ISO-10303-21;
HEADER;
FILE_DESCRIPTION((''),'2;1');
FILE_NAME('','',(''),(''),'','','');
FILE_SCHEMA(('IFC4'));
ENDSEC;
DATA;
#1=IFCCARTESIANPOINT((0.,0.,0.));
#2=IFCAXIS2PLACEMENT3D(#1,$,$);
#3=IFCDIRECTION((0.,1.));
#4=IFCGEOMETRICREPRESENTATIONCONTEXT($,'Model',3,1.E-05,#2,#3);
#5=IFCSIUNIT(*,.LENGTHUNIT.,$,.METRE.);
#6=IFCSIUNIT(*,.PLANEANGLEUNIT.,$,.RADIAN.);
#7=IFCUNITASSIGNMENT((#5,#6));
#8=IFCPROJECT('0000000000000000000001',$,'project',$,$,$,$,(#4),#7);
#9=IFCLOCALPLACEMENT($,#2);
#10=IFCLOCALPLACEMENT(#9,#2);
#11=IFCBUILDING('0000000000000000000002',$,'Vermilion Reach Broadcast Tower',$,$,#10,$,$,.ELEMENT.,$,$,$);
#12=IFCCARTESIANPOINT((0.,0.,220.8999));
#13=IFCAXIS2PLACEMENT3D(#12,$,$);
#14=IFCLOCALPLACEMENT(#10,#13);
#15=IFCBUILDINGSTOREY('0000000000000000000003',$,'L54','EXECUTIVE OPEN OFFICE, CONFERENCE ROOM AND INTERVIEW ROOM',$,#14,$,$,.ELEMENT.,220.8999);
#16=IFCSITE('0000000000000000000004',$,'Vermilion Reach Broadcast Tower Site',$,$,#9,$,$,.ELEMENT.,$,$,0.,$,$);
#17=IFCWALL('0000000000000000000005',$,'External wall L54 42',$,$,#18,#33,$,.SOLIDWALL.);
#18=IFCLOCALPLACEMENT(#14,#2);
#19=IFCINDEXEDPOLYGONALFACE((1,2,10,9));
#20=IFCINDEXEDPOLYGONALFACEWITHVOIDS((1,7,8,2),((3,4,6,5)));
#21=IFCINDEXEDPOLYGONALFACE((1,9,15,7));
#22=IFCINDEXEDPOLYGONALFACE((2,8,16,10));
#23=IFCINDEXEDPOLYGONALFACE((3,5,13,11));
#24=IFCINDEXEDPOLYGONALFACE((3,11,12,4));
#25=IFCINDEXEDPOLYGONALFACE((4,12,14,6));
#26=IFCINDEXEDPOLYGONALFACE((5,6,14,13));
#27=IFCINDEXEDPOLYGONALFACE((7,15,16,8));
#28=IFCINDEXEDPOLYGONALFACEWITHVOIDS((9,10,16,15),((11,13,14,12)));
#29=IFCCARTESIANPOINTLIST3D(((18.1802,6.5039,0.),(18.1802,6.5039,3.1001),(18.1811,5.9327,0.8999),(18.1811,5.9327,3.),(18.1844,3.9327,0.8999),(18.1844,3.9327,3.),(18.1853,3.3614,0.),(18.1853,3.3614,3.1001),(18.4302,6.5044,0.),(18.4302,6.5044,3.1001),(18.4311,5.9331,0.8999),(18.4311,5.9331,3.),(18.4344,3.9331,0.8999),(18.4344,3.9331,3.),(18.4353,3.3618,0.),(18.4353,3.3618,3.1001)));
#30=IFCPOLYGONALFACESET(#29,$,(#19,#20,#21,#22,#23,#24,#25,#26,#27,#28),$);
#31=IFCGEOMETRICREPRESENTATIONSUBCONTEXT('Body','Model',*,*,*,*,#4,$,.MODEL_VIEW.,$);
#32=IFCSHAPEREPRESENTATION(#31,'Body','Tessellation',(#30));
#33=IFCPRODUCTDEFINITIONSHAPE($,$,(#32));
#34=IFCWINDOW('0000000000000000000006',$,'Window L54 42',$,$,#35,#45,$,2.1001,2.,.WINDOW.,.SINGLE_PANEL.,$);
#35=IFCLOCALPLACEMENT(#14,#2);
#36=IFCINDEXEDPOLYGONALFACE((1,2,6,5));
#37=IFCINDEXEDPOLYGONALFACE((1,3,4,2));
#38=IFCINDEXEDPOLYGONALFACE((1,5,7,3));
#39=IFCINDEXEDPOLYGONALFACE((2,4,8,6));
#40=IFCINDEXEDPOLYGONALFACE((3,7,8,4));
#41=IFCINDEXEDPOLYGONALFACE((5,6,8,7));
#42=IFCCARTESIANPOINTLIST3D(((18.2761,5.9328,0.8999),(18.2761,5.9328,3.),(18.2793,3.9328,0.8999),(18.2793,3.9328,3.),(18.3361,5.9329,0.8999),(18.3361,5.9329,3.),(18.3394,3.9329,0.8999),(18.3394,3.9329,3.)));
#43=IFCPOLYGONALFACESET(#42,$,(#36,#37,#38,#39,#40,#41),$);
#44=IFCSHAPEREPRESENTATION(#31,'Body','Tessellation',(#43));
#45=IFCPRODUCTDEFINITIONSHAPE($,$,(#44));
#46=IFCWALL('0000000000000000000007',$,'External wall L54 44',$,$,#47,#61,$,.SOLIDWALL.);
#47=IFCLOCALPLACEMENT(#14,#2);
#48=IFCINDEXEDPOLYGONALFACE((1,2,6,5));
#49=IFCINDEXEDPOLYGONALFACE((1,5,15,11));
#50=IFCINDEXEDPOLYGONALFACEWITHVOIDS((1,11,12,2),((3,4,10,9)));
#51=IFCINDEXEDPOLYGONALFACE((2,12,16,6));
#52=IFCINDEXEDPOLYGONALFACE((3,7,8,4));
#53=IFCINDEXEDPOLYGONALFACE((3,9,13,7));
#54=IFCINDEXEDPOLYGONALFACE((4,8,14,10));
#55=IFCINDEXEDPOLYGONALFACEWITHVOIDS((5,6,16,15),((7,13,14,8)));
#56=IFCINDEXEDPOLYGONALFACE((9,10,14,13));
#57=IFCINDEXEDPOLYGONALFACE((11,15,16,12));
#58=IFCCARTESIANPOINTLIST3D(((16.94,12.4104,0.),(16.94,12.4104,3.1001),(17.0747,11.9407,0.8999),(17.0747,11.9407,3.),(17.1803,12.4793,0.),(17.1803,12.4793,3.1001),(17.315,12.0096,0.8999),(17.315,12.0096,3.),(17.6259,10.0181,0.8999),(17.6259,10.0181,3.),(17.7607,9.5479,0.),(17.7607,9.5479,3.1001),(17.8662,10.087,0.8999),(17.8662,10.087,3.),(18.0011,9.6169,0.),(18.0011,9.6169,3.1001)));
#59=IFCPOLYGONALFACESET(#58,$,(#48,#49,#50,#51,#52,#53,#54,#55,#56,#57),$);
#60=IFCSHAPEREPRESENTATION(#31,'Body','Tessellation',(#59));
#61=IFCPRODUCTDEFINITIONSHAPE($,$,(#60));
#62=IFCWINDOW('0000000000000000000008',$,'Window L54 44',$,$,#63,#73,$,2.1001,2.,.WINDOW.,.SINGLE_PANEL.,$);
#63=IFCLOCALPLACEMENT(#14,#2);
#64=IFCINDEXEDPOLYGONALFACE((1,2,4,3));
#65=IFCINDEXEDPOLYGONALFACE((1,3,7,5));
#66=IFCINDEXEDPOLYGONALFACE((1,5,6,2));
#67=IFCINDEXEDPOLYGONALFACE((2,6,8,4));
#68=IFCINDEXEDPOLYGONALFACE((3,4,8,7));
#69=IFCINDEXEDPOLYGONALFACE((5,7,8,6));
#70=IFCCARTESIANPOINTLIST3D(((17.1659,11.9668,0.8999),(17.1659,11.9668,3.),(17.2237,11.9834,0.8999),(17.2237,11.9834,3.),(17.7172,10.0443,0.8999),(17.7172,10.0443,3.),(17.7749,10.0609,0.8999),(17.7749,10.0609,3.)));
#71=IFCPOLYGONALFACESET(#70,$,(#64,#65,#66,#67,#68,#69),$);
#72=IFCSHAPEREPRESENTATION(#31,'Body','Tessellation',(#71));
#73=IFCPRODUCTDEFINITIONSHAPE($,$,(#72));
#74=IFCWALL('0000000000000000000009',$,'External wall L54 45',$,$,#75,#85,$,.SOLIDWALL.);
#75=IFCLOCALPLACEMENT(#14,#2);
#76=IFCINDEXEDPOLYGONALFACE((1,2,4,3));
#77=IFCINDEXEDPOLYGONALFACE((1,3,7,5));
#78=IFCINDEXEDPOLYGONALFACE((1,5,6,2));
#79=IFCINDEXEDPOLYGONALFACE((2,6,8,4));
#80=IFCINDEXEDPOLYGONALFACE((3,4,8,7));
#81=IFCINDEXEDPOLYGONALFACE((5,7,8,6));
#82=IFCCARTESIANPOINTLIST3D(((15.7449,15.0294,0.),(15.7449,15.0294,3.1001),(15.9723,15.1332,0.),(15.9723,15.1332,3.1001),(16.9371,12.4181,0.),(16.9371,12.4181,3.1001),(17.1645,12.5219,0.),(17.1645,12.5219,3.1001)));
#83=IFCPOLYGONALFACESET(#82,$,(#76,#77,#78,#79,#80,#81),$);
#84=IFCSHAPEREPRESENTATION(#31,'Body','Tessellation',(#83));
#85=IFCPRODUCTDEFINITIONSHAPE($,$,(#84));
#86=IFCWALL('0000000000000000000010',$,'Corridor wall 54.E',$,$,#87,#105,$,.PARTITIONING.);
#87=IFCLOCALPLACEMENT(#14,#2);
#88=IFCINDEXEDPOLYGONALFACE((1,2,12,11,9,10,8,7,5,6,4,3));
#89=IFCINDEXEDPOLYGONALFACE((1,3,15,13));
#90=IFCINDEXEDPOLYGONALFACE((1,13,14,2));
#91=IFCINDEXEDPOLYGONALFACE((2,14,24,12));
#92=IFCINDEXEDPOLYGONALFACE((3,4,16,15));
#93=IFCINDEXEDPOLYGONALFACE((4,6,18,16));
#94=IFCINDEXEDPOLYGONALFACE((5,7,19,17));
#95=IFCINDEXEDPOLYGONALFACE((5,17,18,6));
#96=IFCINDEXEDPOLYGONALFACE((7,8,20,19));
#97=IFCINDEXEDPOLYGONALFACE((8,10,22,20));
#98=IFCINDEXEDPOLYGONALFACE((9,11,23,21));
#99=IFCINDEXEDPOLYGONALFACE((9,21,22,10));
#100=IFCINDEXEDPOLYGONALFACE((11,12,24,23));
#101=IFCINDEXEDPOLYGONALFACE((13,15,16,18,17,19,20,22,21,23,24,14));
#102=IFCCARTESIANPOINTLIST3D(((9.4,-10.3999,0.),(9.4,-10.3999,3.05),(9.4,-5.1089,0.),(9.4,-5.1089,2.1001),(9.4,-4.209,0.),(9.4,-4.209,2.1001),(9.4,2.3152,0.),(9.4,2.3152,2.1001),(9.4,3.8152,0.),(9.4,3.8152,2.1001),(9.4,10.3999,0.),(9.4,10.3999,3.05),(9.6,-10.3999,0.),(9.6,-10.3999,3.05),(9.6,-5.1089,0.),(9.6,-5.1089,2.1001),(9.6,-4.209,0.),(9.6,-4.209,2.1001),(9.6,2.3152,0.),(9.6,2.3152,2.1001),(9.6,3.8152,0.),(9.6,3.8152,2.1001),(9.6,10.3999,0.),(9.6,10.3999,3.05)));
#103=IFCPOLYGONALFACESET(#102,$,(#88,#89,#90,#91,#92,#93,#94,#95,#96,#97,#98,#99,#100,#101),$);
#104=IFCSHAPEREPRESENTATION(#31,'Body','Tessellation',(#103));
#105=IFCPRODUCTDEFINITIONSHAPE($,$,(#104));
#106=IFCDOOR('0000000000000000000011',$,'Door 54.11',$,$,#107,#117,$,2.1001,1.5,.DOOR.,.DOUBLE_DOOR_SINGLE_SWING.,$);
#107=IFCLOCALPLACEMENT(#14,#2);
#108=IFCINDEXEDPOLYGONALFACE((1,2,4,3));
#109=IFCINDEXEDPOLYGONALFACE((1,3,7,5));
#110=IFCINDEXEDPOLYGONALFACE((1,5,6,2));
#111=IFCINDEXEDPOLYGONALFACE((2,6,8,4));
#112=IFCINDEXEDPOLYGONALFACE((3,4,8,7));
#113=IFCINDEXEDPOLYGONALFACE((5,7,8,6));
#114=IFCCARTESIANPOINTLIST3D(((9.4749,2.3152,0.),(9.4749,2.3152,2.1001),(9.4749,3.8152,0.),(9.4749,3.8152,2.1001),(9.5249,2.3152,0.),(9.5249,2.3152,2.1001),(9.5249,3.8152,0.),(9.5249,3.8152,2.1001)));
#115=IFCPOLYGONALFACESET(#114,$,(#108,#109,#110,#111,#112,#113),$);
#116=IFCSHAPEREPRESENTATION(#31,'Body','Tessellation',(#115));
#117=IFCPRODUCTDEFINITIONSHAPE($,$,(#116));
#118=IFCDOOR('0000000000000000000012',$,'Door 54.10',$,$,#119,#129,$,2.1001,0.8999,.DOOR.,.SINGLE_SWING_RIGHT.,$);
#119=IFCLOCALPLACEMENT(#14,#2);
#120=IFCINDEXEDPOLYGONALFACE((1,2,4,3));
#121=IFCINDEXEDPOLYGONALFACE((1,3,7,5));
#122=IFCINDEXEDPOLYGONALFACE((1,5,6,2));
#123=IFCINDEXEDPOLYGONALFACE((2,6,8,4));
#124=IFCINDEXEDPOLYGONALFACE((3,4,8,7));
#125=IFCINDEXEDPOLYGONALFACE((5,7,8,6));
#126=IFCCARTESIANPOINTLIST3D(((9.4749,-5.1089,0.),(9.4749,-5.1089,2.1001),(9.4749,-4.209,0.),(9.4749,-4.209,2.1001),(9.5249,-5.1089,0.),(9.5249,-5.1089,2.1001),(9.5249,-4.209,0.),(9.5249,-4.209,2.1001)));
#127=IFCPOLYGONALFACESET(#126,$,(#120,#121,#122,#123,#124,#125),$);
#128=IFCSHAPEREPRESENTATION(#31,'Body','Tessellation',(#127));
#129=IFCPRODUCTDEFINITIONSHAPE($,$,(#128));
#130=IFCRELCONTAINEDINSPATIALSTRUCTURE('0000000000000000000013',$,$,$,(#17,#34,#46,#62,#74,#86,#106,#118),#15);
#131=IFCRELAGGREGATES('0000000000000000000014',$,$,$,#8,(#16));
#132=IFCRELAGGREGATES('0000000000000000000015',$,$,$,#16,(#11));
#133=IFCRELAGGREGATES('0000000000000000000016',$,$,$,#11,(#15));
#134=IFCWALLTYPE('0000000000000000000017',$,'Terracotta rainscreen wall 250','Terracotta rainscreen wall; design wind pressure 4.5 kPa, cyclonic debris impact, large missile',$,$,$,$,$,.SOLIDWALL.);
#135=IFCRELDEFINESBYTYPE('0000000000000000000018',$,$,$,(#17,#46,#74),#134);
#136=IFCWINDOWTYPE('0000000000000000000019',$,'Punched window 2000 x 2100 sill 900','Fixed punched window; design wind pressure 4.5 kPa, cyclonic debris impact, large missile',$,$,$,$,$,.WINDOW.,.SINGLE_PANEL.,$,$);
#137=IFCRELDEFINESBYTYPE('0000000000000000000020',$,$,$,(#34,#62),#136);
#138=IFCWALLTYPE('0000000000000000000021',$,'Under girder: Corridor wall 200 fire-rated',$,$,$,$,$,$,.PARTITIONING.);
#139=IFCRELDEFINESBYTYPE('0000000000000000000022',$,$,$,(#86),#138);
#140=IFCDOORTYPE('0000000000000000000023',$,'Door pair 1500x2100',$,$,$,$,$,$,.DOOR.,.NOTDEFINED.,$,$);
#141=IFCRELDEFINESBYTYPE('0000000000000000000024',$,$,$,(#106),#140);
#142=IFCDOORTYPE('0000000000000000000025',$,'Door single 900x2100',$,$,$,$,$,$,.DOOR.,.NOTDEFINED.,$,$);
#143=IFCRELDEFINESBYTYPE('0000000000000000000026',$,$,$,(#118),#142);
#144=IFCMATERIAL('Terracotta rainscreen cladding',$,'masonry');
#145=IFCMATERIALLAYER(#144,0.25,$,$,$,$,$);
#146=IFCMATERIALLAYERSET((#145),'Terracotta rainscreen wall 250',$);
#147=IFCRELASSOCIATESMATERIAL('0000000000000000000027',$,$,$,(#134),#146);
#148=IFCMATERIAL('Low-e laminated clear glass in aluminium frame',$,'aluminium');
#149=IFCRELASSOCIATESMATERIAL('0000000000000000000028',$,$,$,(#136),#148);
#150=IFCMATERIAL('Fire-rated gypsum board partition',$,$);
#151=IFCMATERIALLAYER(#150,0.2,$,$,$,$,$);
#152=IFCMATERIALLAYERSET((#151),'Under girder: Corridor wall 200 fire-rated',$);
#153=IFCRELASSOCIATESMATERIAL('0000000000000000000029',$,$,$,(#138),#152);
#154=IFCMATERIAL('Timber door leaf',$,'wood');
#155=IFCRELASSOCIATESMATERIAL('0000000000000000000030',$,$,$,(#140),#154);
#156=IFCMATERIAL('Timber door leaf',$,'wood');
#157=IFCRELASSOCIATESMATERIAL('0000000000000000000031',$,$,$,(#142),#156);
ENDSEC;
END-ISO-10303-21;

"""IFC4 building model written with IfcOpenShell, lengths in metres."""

from ifc_helpers import new_model, si_unit, direction, frame, frame_2d, origin, place, context, subcontext, project, spatial, rectangle, extrude, material, layer, layer_set, type_object, element, fill, save


model = new_model("IFC4")

# Units and contexts
model_context = context("Model", 3, precision=1e-05, world=origin(), true_north=direction((0.0, 1.0)))
body_context = subcontext(model_context, "Body", "Model", "MODEL_VIEW")
ifc_project = project(units=[si_unit("LENGTHUNIT", "METRE"), si_unit("PLANEANGLEUNIT", "RADIAN")], contexts=[model_context])

# Site, building, storey
site_placement = place(None, origin())
site = spatial("IfcSite", under=ifc_project, at=site_placement, Name="Vermilion Reach Broadcast Tower Site", CompositionType="ELEMENT", RefElevation=0.0)
building_placement = place(site_placement, origin())
building = spatial("IfcBuilding", under=site, at=building_placement, Name="Vermilion Reach Broadcast Tower", CompositionType="ELEMENT")
storey_placement = place(building_placement, frame((0.0, 0.0, 220.8999)))
storey = spatial("IfcBuildingStorey", under=building, at=storey_placement, Name="L54", Description="EXECUTIVE OPEN OFFICE, CONFERENCE ROOM AND INTERVIEW ROOM", CompositionType="ELEMENT", Elevation=220.8999)

# Wall, opening, window
ifc_material_1 = material(Name="Terracotta rainscreen cladding", Category="masonry")
ifc_layer_1 = layer(ifc_material_1, 0.25)
ifc_layer_set_1 = layer_set([ifc_layer_1], Name="Terracotta rainscreen wall 250")
wall_type_1 = type_object("IfcWallType", Name="Terracotta rainscreen wall 250", Description="Terracotta rainscreen wall; design wind pressure 4.5 kPa, cyclonic debris impact, large missile", PredefinedType="SOLIDWALL", material=ifc_layer_set_1)
ifc_material_2 = material(Name="Low-e laminated clear glass in aluminium frame", Category="aluminium")
window_type = type_object("IfcWindowType", Name="Punched window 2000 x 2100 sill 900", Description="Fixed punched window; design wind pressure 4.5 kPa, cyclonic debris impact, large missile", PartitioningType="SINGLE_PANEL", PredefinedType="WINDOW", material=ifc_material_2)
wall_1_placement = place(storey_placement, frame((18.3103, 3.3616, 0.0), z_axis=(0.0, 0.0, 1.0), x_axis=(-0.001631, 0.999999, 0.0)))
wall_1 = element("IfcWall", 1, at=wall_1_placement, inside=storey, type_object=wall_type_1, Name="External wall L54 42", PredefinedType="SOLIDWALL", context=body_context, shape_type="SweptSolid", body=[
    extrude(rectangle(XDim=3.1426, YDim=0.25, at=frame_2d((1.5713, 0.0))), origin(), (0.0, 0.0, 1.0), 3.1001),
])
opening_1_placement = place(wall_1_placement, frame((0.5713, 0.0, 0.8999)))
opening_1 = element("IfcOpeningElement", 2, at=opening_1_placement, cuts=wall_1, PredefinedType="OPENING", context=body_context, shape_type="SweptSolid", body=[
    extrude(rectangle(XDim=2.0, YDim=2.1001, at=frame_2d((1.0, 1.05))), frame((0.0, 0.135, 0.0), z_axis=(0.0, -1.0, 0.0), x_axis=(1.0, 0.0, 0.0)), (0.0, 0.0, 1.0), 0.27),
])
window_1_placement = place(opening_1_placement, origin())
window_1 = element("IfcWindow", 3, at=window_1_placement, inside=storey, type_object=window_type, Name="Window L54 42", OverallHeight=2.1001, OverallWidth=2.0, PartitioningType="SINGLE_PANEL", PredefinedType="WINDOW", context=body_context, shape_type="SweptSolid", body=[
    extrude(rectangle(XDim=2.0, YDim=2.1001, at=frame_2d((1.0, 1.05))), frame((0.0, 0.03, 0.0), z_axis=(0.0, -1.0, 0.0), x_axis=(1.0, 0.0, 0.0)), (0.0, 0.0, 1.0), 0.0601),
])
fill(opening_1, window_1)

# Wall, opening, window
wall_2_placement = place(storey_placement, frame((17.8809, 9.5825, 0.0), z_axis=(0.0, 0.0, 1.0), x_axis=(-0.275631, 0.961264, 0.0)))
wall_2 = element("IfcWall", 4, at=wall_2_placement, inside=storey, type_object=wall_type_1, Name="External wall L54 44", PredefinedType="SOLIDWALL", context=body_context, shape_type="SweptSolid", body=[
    extrude(rectangle(XDim=2.9778, YDim=0.25, at=frame_2d((1.4888, 0.0))), origin(), (0.0, 0.0, 1.0), 3.1001),
])
opening_2_placement = place(wall_2_placement, frame((0.489, 0.0, 0.8999)))
opening_2 = element("IfcOpeningElement", 5, at=opening_2_placement, cuts=wall_2, PredefinedType="OPENING", context=body_context, shape_type="SweptSolid", body=[
    extrude(rectangle(XDim=2.0, YDim=2.1001, at=frame_2d((1.0, 1.05))), frame((0.0, 0.135, 0.0), z_axis=(0.0, -1.0, 0.0), x_axis=(1.0, 0.0, 0.0)), (0.0, 0.0, 1.0), 0.27),
])
window_2_placement = place(opening_2_placement, origin())
window_2 = element("IfcWindow", 6, at=window_2_placement, inside=storey, type_object=window_type, Name="Window L54 44", OverallHeight=2.1001, OverallWidth=2.0, PartitioningType="SINGLE_PANEL", PredefinedType="WINDOW", context=body_context, shape_type="SweptSolid", body=[
    extrude(rectangle(XDim=2.0, YDim=2.1001, at=frame_2d((1.0, 1.05))), frame((0.0, 0.03, 0.0), z_axis=(0.0, -1.0, 0.0), x_axis=(1.0, 0.0, 0.0)), (0.0, 0.0, 1.0), 0.0601),
])
fill(opening_2, window_2)

# Wall
wall_3_placement = place(storey_placement, frame((17.0508, 12.47, 0.0), z_axis=(0.0, 0.0, 1.0), x_axis=(-0.415295, 0.909687, 0.0)))
element("IfcWall", 7, at=wall_3_placement, inside=storey, type_object=wall_type_1, Name="External wall L54 45", PredefinedType="SOLIDWALL", context=body_context, shape_type="SweptSolid", body=[
    extrude(rectangle(XDim=2.8706, YDim=0.25, at=frame_2d((1.4353, 0.0))), origin(), (0.0, 0.0, 1.0), 3.1001),
])

# Wall, openings, doors
ifc_material_3 = material(Name="Fire-rated gypsum board partition")
ifc_layer_2 = layer(ifc_material_3, 0.2)
ifc_layer_set_2 = layer_set([ifc_layer_2], Name="Under girder: Corridor wall 200 fire-rated")
wall_type_2 = type_object("IfcWallType", Name="Under girder: Corridor wall 200 fire-rated", PredefinedType="PARTITIONING", material=ifc_layer_set_2)
wall_4_placement = place(storey_placement, frame((9.5, 10.3999, 0.0), z_axis=(0.0, 0.0, 1.0), x_axis=(0.0, -1.0, 0.0)))
wall_4 = element("IfcWall", 8, at=wall_4_placement, inside=storey, type_object=wall_type_2, Name="Corridor wall 54.E", PredefinedType="PARTITIONING", context=body_context, shape_type="SweptSolid", body=[
    extrude(rectangle(XDim=20.7998, YDim=0.2, at=frame_2d((10.3999, 0.0))), origin(), (0.0, 0.0, 1.0), 3.05),
])
opening_3_placement = place(wall_4_placement, frame((14.6089, 0.0, 0.0)))
opening_3 = element("IfcOpeningElement", 9, at=opening_3_placement, cuts=wall_4, PredefinedType="OPENING", context=body_context, shape_type="SweptSolid", body=[
    extrude(rectangle(XDim=0.8999, YDim=2.1001, at=frame_2d((0.45, 1.05))), frame((0.0, 0.1099, 0.0), z_axis=(0.0, -1.0, 0.0), x_axis=(1.0, 0.0, 0.0)), (0.0, 0.0, 1.0), 0.22),
])
opening_4_placement = place(wall_4_placement, frame((6.5847, 0.0, 0.0)))
opening_4 = element("IfcOpeningElement", 10, at=opening_4_placement, cuts=wall_4, PredefinedType="OPENING", context=body_context, shape_type="SweptSolid", body=[
    extrude(rectangle(XDim=1.5, YDim=2.1001, at=frame_2d((0.75, 1.05))), frame((0.0, 0.1099, 0.0), z_axis=(0.0, -1.0, 0.0), x_axis=(1.0, 0.0, 0.0)), (0.0, 0.0, 1.0), 0.22),
])
ifc_material_4 = material(Name="Timber door leaf", Category="wood")
door_type_1 = type_object("IfcDoorType", Name="Door pair 1500x2100", OperationType="NOTDEFINED", PredefinedType="DOOR", material=ifc_material_4)
door_1_placement = place(opening_4_placement, origin())
door_1 = element("IfcDoor", 11, at=door_1_placement, inside=storey, type_object=door_type_1, Name="Door 54.11", OperationType="DOUBLE_DOOR_SINGLE_SWING", OverallHeight=2.1001, OverallWidth=1.5, PredefinedType="DOOR", context=body_context, shape_type="SweptSolid", body=[
    extrude(rectangle(XDim=1.5, YDim=2.1001, at=frame_2d((0.75, 1.05))), frame((0.0, 0.0249, 0.0), z_axis=(0.0, -1.0, 0.0), x_axis=(1.0, 0.0, 0.0)), (0.0, 0.0, 1.0), 0.05),
])
fill(opening_4, door_1)
ifc_material_5 = material(Name="Timber door leaf", Category="wood")
door_type_2 = type_object("IfcDoorType", Name="Door single 900x2100", OperationType="NOTDEFINED", PredefinedType="DOOR", material=ifc_material_5)
door_2_placement = place(opening_3_placement, origin())
door_2 = element("IfcDoor", 12, at=door_2_placement, inside=storey, type_object=door_type_2, Name="Door 54.10", OperationType="SINGLE_SWING_RIGHT", OverallHeight=2.1001, OverallWidth=0.8999, PredefinedType="DOOR", context=body_context, shape_type="SweptSolid", body=[
    extrude(rectangle(XDim=0.8999, YDim=2.1001, at=frame_2d((0.45, 1.05))), frame((0.0, 0.0249, 0.0), z_axis=(0.0, -1.0, 0.0), x_axis=(1.0, 0.0, 0.0)), (0.0, 0.0, 1.0), 0.05),
])
fill(opening_3, door_2)

save(model, "model.ifc")
